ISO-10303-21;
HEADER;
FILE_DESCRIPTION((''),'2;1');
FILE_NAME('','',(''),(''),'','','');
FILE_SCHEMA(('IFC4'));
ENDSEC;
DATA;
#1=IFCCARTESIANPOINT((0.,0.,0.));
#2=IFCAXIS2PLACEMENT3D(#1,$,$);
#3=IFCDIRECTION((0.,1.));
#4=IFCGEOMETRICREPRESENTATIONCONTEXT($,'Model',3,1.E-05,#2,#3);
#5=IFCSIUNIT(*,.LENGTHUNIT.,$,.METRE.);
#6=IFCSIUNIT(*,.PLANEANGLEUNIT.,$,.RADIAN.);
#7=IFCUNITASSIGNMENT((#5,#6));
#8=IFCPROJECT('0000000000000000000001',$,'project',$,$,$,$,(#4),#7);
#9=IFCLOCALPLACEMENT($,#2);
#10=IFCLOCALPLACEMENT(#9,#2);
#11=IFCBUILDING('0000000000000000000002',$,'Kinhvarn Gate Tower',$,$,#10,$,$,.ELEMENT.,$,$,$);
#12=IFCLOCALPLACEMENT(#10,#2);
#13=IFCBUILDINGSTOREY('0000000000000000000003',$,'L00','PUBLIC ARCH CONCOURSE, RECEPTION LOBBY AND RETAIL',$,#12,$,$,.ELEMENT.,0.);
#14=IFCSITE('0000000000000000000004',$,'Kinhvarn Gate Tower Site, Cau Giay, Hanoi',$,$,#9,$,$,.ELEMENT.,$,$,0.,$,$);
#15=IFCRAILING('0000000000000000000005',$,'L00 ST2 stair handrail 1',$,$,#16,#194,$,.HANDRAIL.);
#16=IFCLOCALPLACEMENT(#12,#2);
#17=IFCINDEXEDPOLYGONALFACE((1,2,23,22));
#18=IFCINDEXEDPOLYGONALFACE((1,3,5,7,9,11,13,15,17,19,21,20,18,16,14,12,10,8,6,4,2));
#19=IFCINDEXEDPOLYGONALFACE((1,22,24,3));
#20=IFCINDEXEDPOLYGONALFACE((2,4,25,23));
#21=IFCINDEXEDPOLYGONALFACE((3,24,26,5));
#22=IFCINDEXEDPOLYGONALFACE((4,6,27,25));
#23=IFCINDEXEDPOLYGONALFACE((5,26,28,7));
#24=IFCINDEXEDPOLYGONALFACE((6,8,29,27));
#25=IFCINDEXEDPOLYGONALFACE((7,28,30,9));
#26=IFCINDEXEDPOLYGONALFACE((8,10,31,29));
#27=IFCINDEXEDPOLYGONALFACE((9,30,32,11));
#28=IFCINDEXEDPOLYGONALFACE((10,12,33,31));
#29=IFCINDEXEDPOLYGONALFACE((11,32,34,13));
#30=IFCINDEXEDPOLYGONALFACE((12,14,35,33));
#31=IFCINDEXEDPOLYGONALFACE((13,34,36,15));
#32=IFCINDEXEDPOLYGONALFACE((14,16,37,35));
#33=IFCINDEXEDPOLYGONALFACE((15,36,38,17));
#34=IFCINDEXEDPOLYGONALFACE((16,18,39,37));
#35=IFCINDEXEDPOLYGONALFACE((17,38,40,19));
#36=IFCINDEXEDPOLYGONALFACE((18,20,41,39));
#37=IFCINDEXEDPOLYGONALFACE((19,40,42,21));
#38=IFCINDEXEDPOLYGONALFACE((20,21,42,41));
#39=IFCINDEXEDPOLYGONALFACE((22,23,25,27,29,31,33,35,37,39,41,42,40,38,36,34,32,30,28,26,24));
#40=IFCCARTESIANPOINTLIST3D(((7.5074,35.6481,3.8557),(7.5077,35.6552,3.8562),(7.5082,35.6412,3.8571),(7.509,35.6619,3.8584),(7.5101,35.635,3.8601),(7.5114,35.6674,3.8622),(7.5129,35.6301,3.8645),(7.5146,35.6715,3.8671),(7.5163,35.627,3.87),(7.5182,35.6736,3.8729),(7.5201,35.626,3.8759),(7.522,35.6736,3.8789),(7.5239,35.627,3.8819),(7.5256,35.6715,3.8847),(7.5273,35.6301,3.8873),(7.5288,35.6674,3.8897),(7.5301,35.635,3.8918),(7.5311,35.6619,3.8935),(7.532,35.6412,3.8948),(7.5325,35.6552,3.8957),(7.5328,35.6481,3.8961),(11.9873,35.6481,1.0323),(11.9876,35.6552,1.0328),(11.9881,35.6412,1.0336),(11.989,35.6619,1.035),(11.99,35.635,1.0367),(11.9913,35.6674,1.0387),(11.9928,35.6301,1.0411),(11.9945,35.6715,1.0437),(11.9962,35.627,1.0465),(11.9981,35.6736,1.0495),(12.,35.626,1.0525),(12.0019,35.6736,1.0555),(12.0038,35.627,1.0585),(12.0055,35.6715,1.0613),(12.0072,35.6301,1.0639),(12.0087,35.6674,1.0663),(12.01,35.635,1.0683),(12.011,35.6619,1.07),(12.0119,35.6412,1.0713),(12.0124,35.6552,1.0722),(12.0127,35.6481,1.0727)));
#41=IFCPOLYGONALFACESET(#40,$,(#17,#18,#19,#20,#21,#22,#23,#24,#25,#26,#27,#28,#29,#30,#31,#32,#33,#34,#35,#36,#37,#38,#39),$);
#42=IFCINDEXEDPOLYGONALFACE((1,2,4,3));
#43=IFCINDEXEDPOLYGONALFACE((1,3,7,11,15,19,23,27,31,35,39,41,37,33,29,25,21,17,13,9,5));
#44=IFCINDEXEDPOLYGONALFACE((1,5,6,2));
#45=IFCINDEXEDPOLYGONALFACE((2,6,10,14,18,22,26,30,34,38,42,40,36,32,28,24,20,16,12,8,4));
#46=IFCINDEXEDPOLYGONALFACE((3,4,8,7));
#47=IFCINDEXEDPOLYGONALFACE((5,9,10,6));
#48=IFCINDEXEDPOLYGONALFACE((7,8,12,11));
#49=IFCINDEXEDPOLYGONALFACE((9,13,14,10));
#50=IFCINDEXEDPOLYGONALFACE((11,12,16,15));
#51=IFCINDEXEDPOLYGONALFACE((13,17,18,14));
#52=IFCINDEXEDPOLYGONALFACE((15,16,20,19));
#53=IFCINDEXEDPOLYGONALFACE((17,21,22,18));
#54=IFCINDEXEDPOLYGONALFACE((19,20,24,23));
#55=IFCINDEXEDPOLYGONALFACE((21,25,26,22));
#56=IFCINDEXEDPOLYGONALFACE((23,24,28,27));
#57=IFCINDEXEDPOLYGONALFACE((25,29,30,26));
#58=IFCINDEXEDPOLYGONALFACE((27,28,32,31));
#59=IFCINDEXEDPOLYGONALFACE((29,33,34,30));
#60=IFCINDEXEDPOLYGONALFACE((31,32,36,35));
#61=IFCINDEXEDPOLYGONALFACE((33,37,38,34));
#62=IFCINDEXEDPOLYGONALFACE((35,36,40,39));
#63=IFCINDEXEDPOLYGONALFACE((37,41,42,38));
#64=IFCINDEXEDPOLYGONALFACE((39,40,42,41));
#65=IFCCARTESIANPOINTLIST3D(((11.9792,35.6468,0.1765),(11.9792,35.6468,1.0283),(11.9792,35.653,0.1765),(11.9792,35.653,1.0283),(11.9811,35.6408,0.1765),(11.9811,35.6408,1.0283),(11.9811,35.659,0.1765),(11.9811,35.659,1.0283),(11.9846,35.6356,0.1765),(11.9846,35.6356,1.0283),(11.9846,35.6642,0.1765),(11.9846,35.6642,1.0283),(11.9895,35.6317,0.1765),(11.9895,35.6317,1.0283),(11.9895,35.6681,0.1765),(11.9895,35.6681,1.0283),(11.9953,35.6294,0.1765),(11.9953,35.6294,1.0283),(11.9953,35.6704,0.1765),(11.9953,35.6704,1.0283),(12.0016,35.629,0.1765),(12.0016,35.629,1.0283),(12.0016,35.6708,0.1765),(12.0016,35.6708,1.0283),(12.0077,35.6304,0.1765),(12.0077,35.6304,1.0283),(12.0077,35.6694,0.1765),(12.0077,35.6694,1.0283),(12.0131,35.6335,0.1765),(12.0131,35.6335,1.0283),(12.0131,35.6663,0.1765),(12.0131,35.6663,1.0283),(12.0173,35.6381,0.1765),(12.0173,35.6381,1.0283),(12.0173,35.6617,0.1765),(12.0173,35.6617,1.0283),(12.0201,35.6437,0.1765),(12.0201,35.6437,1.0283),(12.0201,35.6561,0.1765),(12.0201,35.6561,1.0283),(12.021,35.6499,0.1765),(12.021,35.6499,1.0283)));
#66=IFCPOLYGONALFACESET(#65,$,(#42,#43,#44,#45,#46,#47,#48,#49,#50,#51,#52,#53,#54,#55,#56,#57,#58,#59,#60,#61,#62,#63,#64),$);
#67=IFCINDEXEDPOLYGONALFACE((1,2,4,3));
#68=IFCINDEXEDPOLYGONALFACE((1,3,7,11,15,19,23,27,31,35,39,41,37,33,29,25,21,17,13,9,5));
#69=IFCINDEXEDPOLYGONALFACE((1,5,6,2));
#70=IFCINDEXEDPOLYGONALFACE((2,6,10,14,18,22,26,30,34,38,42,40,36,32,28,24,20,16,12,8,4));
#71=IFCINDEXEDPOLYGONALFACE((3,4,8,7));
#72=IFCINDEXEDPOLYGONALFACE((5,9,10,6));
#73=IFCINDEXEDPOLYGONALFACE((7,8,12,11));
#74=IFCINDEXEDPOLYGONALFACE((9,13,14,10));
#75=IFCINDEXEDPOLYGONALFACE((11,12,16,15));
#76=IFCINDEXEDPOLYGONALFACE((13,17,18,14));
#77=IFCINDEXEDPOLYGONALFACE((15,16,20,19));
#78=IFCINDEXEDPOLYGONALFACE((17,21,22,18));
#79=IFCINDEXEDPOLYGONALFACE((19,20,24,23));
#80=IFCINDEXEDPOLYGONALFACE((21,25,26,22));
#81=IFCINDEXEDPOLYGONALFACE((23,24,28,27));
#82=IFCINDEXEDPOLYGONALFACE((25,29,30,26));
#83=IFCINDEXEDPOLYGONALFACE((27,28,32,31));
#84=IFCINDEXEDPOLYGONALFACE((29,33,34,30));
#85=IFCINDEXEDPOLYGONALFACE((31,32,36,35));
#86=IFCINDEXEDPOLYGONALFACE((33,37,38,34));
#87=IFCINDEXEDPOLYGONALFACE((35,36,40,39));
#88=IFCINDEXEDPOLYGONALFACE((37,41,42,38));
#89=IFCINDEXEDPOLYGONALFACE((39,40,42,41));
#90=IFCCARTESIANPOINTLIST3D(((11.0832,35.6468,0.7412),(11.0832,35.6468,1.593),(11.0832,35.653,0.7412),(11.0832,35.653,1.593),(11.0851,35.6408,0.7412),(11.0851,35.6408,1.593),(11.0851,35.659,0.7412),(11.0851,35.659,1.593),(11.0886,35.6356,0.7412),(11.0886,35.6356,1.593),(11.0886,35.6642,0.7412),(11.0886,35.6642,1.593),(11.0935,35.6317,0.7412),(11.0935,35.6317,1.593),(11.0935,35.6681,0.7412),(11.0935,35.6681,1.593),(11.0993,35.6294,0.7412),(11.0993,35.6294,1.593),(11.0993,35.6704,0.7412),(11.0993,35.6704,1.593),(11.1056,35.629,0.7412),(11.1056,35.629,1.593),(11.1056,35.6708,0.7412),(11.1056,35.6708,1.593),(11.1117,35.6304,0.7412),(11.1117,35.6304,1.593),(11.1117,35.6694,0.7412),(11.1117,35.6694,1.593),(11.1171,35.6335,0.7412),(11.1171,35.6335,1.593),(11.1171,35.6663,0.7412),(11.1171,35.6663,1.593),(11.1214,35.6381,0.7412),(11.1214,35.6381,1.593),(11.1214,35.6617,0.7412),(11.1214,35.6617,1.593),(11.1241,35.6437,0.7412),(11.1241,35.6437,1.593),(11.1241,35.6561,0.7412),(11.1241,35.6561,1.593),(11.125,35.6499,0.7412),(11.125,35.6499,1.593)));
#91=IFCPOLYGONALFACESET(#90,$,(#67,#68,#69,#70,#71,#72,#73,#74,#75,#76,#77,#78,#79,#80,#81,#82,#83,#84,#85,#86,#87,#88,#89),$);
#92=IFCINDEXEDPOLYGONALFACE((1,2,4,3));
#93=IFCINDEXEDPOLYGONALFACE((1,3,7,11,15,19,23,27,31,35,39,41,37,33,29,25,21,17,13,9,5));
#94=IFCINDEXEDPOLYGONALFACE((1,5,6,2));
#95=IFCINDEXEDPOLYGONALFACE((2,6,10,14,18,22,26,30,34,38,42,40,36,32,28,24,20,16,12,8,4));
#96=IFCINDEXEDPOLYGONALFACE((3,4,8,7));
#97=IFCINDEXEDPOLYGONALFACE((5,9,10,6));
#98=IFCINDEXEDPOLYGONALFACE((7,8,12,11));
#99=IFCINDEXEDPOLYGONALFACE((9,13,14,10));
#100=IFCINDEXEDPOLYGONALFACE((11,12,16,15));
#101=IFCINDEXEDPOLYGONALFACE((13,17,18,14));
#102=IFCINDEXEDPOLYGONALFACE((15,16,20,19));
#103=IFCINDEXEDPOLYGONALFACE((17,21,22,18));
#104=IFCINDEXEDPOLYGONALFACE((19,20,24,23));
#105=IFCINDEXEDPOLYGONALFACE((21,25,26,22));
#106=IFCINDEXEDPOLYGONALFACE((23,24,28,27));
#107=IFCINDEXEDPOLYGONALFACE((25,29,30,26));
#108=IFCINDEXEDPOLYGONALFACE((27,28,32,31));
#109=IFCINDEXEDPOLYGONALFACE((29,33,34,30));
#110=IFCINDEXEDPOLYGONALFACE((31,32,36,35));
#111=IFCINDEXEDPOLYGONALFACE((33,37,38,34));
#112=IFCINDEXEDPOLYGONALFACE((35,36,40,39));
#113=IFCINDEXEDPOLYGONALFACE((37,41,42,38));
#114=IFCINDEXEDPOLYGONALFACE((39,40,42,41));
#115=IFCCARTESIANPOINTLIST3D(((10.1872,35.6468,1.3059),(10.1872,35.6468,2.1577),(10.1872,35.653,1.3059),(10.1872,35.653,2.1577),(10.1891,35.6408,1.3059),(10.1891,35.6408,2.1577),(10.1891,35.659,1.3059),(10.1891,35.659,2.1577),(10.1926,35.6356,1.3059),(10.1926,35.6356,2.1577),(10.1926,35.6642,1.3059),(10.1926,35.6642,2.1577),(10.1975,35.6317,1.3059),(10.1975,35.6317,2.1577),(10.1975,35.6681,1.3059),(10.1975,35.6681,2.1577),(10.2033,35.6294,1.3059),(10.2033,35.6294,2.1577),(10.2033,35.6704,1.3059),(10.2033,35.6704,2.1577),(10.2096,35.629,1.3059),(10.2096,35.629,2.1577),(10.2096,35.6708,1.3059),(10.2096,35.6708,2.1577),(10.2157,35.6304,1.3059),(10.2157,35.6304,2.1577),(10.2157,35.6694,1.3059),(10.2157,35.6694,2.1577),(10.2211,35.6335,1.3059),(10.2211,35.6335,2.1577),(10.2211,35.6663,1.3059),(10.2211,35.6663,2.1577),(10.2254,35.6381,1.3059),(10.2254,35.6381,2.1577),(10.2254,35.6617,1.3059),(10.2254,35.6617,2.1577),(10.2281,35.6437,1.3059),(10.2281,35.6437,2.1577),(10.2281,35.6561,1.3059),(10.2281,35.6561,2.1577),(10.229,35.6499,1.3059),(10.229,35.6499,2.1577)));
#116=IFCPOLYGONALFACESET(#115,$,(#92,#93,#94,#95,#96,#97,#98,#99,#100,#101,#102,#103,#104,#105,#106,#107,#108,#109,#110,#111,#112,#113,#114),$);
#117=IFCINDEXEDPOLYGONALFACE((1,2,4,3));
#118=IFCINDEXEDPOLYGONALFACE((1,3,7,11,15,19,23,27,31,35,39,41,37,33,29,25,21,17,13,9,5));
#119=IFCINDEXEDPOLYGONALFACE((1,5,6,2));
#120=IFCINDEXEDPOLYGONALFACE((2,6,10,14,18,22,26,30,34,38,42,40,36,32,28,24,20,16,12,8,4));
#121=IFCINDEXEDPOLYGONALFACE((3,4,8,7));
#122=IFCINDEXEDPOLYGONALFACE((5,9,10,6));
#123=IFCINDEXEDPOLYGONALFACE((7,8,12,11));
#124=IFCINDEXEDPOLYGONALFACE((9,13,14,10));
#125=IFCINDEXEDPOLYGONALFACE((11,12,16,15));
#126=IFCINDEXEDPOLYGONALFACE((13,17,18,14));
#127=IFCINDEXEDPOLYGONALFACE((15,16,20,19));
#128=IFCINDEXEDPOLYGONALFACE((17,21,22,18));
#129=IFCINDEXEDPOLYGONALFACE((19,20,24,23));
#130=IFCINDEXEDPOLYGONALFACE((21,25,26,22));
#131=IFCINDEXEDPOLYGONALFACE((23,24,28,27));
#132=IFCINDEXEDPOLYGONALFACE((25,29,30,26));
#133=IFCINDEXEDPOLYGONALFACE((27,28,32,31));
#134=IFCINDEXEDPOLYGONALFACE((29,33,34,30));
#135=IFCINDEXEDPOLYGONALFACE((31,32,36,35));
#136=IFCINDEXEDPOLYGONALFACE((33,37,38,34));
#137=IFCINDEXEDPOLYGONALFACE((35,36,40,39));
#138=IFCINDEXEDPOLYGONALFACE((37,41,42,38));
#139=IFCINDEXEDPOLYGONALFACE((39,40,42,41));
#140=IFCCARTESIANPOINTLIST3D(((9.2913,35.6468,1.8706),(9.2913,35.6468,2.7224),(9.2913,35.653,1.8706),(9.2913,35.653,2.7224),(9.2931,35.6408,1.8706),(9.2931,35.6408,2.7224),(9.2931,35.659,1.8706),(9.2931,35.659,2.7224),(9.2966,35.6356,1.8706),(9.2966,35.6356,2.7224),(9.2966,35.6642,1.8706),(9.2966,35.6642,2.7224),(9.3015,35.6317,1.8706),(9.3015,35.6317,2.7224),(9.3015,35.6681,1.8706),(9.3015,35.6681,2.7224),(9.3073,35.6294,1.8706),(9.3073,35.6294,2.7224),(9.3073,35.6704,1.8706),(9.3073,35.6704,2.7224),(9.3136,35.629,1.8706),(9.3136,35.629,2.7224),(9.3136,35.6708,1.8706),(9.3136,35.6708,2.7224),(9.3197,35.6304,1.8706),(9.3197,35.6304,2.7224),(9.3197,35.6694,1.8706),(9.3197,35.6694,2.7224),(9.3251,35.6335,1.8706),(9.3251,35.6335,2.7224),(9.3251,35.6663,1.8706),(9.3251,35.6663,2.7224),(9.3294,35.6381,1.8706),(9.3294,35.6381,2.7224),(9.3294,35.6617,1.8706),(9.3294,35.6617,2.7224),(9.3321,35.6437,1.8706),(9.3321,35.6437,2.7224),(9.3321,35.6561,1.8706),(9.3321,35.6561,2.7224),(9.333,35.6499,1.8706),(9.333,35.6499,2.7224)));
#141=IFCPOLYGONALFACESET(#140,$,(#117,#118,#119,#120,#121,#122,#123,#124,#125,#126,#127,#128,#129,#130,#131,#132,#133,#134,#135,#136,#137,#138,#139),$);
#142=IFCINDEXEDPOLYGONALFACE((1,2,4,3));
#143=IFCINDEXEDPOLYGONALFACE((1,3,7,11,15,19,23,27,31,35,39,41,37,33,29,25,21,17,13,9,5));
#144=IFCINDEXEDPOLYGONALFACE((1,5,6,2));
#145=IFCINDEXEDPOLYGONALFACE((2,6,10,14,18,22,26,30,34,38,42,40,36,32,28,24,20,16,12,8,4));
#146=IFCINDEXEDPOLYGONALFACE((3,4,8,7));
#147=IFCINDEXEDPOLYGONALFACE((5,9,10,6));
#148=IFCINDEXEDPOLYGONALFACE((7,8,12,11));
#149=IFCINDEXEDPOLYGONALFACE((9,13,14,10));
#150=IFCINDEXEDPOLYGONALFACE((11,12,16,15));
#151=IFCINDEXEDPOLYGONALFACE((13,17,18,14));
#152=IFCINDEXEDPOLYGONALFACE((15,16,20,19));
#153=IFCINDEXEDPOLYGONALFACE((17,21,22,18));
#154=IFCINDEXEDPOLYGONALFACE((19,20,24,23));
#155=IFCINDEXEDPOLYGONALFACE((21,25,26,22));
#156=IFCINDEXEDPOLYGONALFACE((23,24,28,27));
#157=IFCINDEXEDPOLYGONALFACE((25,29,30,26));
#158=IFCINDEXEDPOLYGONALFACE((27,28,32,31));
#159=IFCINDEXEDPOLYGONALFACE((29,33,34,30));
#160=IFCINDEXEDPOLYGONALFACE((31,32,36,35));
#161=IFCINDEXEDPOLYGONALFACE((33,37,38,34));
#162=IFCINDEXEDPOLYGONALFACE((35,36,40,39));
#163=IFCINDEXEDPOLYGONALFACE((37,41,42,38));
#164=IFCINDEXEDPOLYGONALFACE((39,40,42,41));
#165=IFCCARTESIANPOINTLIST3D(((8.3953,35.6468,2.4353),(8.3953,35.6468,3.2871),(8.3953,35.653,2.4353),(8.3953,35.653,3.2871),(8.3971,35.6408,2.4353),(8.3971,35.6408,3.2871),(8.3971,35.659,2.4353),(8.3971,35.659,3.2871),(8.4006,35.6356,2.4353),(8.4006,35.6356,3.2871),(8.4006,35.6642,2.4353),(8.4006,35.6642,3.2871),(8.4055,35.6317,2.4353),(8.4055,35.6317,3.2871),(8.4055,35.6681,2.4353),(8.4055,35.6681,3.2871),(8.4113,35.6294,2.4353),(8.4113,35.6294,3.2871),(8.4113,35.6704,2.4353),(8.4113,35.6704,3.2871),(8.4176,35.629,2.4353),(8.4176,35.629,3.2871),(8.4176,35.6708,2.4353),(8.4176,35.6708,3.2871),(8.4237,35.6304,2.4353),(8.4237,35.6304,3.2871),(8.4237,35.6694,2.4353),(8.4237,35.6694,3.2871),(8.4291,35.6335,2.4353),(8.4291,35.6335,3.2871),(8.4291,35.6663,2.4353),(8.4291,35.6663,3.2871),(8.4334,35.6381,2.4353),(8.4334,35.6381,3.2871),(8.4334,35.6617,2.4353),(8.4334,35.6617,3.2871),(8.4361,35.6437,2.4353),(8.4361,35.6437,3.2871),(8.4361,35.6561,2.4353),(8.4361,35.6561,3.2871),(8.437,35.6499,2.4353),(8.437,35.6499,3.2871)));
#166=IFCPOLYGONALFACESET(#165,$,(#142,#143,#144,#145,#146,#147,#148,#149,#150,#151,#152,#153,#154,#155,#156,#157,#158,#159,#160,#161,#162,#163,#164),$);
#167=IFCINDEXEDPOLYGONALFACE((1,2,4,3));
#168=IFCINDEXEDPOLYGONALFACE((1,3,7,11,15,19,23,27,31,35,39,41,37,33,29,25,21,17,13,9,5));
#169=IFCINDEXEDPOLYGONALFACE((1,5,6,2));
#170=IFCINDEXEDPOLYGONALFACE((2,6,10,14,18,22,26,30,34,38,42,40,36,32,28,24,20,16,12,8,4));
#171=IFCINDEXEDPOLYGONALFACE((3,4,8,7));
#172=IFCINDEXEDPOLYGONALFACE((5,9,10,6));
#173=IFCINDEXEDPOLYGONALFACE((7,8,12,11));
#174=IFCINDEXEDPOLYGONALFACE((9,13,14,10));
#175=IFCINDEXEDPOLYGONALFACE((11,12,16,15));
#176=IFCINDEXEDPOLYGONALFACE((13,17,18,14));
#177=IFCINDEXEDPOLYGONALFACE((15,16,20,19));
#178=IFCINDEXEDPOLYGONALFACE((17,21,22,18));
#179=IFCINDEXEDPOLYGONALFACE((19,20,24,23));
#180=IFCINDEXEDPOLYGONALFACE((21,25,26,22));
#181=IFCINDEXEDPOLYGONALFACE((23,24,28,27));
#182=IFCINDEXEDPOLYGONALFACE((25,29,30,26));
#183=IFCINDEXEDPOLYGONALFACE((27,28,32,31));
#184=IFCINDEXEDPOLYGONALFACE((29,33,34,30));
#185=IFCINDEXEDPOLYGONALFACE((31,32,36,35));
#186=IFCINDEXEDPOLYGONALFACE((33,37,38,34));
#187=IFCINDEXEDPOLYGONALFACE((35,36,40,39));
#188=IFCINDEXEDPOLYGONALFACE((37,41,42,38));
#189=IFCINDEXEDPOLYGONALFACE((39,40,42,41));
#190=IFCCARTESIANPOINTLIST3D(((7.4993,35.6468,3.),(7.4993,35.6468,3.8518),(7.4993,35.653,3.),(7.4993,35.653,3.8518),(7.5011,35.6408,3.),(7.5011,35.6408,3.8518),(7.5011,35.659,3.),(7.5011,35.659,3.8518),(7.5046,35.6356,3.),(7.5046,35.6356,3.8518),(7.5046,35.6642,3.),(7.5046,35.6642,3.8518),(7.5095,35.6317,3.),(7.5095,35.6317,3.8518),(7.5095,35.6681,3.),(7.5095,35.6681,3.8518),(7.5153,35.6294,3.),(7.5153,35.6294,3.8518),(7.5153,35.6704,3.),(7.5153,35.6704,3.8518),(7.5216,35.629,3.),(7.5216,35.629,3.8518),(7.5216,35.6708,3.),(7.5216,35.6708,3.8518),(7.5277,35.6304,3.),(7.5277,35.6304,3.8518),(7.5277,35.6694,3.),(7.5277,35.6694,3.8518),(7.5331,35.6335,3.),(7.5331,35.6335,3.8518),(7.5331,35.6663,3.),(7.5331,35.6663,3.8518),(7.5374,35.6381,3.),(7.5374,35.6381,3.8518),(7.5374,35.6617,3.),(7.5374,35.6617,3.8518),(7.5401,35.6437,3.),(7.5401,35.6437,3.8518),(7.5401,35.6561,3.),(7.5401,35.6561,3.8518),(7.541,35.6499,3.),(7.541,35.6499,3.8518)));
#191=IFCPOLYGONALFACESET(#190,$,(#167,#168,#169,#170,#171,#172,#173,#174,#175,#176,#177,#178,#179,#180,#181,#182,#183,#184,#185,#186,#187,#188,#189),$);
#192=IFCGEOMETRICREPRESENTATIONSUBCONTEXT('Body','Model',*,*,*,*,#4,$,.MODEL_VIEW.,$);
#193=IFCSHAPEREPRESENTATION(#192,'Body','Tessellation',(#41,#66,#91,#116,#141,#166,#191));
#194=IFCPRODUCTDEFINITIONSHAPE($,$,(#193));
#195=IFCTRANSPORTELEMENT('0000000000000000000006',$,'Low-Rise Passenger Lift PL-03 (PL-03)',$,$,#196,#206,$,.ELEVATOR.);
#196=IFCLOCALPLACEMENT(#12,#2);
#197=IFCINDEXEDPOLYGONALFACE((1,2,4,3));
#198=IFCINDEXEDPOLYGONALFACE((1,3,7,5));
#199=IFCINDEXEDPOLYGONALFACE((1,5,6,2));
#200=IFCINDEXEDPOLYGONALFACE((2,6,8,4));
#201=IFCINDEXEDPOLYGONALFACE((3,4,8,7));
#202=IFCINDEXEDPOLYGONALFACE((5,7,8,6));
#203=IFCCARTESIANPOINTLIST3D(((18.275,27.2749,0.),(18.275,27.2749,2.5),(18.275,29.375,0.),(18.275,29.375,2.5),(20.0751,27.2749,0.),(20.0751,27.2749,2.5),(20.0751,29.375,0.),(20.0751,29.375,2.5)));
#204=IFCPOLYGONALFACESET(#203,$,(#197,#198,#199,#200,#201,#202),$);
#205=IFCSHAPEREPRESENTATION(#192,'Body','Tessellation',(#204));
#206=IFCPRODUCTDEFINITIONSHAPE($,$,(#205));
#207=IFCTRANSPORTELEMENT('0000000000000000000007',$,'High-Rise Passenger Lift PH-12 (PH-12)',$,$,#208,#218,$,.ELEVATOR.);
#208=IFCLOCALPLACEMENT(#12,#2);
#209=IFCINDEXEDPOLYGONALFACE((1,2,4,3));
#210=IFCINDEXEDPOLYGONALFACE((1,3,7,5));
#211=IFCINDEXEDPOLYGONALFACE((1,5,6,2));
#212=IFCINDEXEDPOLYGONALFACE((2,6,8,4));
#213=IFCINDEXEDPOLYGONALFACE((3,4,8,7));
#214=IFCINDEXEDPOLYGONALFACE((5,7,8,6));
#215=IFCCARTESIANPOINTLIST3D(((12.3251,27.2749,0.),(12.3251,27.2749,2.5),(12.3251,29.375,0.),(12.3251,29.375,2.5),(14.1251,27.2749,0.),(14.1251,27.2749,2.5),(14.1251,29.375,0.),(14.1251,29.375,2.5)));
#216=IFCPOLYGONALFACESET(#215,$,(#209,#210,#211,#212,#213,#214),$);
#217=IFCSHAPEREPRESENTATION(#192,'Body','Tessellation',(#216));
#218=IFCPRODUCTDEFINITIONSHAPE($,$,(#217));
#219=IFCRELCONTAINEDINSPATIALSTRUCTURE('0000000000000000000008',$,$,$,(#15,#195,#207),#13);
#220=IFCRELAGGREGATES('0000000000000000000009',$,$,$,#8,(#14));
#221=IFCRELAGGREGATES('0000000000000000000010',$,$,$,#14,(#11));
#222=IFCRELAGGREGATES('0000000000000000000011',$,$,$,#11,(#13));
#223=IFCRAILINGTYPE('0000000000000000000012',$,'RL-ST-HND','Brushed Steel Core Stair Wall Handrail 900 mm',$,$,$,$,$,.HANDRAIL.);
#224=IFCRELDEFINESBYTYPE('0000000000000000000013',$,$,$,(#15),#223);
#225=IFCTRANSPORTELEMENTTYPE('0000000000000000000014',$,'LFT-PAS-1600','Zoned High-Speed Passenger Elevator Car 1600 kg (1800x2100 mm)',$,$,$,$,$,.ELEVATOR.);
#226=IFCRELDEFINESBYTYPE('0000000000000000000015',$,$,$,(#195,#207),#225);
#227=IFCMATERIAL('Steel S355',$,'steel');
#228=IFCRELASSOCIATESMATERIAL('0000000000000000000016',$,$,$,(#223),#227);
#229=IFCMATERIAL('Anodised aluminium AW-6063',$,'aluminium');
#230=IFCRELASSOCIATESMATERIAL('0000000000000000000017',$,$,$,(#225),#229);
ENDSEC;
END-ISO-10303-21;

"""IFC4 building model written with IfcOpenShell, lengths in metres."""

from ifc_helpers import new_model, si_unit, direction, frame, origin, origin_2d, place, context, subcontext, project, spatial, rectangle, circle, extrude, material, type_object, element, save


model = new_model("IFC4")

# Units and contexts
model_context = context("Model", 3, precision=1e-05, world=origin(), true_north=direction((0.0, 1.0)))
body_context = subcontext(model_context, "Body", "Model", "MODEL_VIEW")
ifc_project = project(units=[si_unit("LENGTHUNIT", "METRE"), si_unit("PLANEANGLEUNIT", "RADIAN")], contexts=[model_context])

# Site, building, storey
site_placement = place(None, origin())
site = spatial("IfcSite", under=ifc_project, at=site_placement, Name="Kinhvarn Gate Tower Site, Cau Giay, Hanoi", CompositionType="ELEMENT", RefElevation=0.0)
building_placement = place(site_placement, origin())
building = spatial("IfcBuilding", under=site, at=building_placement, Name="Kinhvarn Gate Tower", CompositionType="ELEMENT")
storey_placement = place(building_placement, origin())
storey = spatial("IfcBuildingStorey", under=building, at=storey_placement, Name="L00", Description="PUBLIC ARCH CONCOURSE, RECEPTION LOBBY AND RETAIL", CompositionType="ELEMENT", Elevation=0.0)

# Shared definitions
ifc_material_1 = material(Name="Steel S355", Category="steel")

# Shared definitions
ifc_material_2 = material(Name="Anodised aluminium AW-6063", Category="aluminium")

# Railing
railing_type_1 = type_object("IfcRailingType", Name="RL-ST-HND", Description="Brushed Steel Core Stair Wall Handrail 900 mm", PredefinedType="HANDRAIL", material=ifc_material_1)
railing_1_placement = place(storey_placement, frame((12.0, 35.6499, 0.1765)))
element("IfcRailing", 1, at=railing_1_placement, inside=storey, type_object=railing_type_1, Name="L00 ST2 stair handrail 1", PredefinedType="HANDRAIL", context=body_context, shape_type="SweptSolid", body=[
    extrude(circle(Radius=0.0239, at=origin_2d()), frame((0.0, 0.0, 0.876), z_axis=(-0.845998, 0.0, 0.533186), x_axis=(0.0, -1.0, 0.0)), (0.0, 0.0, 1.0), 5.2954),
    extrude(circle(Radius=0.021, at=origin_2d()), origin(), (0.0, 0.0, 1.0), 0.8518),
    extrude(circle(Radius=0.021, at=origin_2d()), frame((-0.896, 0.0, 0.5647)), (0.0, 0.0, 1.0), 0.8518),
    extrude(circle(Radius=0.021, at=origin_2d()), frame((-1.792, 0.0, 1.1294)), (0.0, 0.0, 1.0), 0.8518),
    extrude(circle(Radius=0.021, at=origin_2d()), frame((-2.688, 0.0, 1.6941)), (0.0, 0.0, 1.0), 0.8518),
    extrude(circle(Radius=0.021, at=origin_2d()), frame((-3.584, 0.0, 2.2588)), (0.0, 0.0, 1.0), 0.8518),
    extrude(circle(Radius=0.021, at=origin_2d()), frame((-4.48, 0.0, 2.8235)), (0.0, 0.0, 1.0), 0.8518),
])

# Transport elements
transport_element_type = type_object("IfcTransportElementType", Name="LFT-PAS-1600", Description="Zoned High-Speed Passenger Elevator Car 1600 kg (1800x2100 mm)", PredefinedType="ELEVATOR", material=ifc_material_2)
for number, where, z_axis, x_axis, name in (
    (2, (19.175, 28.325, 0.0), (0.0, 0.0, 1.0), (1.0, 0.0, 0.0), "Low-Rise Passenger Lift PL-03 (PL-03)"),
    (3, (13.2251, 28.325, 0.0), (0.0, 0.0, 1.0), (1.0, 0.0, 0.0), "High-Rise Passenger Lift PH-12 (PH-12)"),
):
    element("IfcTransportElement", number, at=place(storey_placement, frame(where, z_axis=z_axis, x_axis=x_axis)), inside=storey, type_object=transport_element_type, Name=name, PredefinedType="ELEVATOR", context=body_context, shape_type="SweptSolid", body=[
        extrude(rectangle(XDim=1.8, YDim=2.1001, at=origin_2d()), origin(), (0.0, 0.0, 1.0), 2.5),
    ])

save(model, "model.ifc")
